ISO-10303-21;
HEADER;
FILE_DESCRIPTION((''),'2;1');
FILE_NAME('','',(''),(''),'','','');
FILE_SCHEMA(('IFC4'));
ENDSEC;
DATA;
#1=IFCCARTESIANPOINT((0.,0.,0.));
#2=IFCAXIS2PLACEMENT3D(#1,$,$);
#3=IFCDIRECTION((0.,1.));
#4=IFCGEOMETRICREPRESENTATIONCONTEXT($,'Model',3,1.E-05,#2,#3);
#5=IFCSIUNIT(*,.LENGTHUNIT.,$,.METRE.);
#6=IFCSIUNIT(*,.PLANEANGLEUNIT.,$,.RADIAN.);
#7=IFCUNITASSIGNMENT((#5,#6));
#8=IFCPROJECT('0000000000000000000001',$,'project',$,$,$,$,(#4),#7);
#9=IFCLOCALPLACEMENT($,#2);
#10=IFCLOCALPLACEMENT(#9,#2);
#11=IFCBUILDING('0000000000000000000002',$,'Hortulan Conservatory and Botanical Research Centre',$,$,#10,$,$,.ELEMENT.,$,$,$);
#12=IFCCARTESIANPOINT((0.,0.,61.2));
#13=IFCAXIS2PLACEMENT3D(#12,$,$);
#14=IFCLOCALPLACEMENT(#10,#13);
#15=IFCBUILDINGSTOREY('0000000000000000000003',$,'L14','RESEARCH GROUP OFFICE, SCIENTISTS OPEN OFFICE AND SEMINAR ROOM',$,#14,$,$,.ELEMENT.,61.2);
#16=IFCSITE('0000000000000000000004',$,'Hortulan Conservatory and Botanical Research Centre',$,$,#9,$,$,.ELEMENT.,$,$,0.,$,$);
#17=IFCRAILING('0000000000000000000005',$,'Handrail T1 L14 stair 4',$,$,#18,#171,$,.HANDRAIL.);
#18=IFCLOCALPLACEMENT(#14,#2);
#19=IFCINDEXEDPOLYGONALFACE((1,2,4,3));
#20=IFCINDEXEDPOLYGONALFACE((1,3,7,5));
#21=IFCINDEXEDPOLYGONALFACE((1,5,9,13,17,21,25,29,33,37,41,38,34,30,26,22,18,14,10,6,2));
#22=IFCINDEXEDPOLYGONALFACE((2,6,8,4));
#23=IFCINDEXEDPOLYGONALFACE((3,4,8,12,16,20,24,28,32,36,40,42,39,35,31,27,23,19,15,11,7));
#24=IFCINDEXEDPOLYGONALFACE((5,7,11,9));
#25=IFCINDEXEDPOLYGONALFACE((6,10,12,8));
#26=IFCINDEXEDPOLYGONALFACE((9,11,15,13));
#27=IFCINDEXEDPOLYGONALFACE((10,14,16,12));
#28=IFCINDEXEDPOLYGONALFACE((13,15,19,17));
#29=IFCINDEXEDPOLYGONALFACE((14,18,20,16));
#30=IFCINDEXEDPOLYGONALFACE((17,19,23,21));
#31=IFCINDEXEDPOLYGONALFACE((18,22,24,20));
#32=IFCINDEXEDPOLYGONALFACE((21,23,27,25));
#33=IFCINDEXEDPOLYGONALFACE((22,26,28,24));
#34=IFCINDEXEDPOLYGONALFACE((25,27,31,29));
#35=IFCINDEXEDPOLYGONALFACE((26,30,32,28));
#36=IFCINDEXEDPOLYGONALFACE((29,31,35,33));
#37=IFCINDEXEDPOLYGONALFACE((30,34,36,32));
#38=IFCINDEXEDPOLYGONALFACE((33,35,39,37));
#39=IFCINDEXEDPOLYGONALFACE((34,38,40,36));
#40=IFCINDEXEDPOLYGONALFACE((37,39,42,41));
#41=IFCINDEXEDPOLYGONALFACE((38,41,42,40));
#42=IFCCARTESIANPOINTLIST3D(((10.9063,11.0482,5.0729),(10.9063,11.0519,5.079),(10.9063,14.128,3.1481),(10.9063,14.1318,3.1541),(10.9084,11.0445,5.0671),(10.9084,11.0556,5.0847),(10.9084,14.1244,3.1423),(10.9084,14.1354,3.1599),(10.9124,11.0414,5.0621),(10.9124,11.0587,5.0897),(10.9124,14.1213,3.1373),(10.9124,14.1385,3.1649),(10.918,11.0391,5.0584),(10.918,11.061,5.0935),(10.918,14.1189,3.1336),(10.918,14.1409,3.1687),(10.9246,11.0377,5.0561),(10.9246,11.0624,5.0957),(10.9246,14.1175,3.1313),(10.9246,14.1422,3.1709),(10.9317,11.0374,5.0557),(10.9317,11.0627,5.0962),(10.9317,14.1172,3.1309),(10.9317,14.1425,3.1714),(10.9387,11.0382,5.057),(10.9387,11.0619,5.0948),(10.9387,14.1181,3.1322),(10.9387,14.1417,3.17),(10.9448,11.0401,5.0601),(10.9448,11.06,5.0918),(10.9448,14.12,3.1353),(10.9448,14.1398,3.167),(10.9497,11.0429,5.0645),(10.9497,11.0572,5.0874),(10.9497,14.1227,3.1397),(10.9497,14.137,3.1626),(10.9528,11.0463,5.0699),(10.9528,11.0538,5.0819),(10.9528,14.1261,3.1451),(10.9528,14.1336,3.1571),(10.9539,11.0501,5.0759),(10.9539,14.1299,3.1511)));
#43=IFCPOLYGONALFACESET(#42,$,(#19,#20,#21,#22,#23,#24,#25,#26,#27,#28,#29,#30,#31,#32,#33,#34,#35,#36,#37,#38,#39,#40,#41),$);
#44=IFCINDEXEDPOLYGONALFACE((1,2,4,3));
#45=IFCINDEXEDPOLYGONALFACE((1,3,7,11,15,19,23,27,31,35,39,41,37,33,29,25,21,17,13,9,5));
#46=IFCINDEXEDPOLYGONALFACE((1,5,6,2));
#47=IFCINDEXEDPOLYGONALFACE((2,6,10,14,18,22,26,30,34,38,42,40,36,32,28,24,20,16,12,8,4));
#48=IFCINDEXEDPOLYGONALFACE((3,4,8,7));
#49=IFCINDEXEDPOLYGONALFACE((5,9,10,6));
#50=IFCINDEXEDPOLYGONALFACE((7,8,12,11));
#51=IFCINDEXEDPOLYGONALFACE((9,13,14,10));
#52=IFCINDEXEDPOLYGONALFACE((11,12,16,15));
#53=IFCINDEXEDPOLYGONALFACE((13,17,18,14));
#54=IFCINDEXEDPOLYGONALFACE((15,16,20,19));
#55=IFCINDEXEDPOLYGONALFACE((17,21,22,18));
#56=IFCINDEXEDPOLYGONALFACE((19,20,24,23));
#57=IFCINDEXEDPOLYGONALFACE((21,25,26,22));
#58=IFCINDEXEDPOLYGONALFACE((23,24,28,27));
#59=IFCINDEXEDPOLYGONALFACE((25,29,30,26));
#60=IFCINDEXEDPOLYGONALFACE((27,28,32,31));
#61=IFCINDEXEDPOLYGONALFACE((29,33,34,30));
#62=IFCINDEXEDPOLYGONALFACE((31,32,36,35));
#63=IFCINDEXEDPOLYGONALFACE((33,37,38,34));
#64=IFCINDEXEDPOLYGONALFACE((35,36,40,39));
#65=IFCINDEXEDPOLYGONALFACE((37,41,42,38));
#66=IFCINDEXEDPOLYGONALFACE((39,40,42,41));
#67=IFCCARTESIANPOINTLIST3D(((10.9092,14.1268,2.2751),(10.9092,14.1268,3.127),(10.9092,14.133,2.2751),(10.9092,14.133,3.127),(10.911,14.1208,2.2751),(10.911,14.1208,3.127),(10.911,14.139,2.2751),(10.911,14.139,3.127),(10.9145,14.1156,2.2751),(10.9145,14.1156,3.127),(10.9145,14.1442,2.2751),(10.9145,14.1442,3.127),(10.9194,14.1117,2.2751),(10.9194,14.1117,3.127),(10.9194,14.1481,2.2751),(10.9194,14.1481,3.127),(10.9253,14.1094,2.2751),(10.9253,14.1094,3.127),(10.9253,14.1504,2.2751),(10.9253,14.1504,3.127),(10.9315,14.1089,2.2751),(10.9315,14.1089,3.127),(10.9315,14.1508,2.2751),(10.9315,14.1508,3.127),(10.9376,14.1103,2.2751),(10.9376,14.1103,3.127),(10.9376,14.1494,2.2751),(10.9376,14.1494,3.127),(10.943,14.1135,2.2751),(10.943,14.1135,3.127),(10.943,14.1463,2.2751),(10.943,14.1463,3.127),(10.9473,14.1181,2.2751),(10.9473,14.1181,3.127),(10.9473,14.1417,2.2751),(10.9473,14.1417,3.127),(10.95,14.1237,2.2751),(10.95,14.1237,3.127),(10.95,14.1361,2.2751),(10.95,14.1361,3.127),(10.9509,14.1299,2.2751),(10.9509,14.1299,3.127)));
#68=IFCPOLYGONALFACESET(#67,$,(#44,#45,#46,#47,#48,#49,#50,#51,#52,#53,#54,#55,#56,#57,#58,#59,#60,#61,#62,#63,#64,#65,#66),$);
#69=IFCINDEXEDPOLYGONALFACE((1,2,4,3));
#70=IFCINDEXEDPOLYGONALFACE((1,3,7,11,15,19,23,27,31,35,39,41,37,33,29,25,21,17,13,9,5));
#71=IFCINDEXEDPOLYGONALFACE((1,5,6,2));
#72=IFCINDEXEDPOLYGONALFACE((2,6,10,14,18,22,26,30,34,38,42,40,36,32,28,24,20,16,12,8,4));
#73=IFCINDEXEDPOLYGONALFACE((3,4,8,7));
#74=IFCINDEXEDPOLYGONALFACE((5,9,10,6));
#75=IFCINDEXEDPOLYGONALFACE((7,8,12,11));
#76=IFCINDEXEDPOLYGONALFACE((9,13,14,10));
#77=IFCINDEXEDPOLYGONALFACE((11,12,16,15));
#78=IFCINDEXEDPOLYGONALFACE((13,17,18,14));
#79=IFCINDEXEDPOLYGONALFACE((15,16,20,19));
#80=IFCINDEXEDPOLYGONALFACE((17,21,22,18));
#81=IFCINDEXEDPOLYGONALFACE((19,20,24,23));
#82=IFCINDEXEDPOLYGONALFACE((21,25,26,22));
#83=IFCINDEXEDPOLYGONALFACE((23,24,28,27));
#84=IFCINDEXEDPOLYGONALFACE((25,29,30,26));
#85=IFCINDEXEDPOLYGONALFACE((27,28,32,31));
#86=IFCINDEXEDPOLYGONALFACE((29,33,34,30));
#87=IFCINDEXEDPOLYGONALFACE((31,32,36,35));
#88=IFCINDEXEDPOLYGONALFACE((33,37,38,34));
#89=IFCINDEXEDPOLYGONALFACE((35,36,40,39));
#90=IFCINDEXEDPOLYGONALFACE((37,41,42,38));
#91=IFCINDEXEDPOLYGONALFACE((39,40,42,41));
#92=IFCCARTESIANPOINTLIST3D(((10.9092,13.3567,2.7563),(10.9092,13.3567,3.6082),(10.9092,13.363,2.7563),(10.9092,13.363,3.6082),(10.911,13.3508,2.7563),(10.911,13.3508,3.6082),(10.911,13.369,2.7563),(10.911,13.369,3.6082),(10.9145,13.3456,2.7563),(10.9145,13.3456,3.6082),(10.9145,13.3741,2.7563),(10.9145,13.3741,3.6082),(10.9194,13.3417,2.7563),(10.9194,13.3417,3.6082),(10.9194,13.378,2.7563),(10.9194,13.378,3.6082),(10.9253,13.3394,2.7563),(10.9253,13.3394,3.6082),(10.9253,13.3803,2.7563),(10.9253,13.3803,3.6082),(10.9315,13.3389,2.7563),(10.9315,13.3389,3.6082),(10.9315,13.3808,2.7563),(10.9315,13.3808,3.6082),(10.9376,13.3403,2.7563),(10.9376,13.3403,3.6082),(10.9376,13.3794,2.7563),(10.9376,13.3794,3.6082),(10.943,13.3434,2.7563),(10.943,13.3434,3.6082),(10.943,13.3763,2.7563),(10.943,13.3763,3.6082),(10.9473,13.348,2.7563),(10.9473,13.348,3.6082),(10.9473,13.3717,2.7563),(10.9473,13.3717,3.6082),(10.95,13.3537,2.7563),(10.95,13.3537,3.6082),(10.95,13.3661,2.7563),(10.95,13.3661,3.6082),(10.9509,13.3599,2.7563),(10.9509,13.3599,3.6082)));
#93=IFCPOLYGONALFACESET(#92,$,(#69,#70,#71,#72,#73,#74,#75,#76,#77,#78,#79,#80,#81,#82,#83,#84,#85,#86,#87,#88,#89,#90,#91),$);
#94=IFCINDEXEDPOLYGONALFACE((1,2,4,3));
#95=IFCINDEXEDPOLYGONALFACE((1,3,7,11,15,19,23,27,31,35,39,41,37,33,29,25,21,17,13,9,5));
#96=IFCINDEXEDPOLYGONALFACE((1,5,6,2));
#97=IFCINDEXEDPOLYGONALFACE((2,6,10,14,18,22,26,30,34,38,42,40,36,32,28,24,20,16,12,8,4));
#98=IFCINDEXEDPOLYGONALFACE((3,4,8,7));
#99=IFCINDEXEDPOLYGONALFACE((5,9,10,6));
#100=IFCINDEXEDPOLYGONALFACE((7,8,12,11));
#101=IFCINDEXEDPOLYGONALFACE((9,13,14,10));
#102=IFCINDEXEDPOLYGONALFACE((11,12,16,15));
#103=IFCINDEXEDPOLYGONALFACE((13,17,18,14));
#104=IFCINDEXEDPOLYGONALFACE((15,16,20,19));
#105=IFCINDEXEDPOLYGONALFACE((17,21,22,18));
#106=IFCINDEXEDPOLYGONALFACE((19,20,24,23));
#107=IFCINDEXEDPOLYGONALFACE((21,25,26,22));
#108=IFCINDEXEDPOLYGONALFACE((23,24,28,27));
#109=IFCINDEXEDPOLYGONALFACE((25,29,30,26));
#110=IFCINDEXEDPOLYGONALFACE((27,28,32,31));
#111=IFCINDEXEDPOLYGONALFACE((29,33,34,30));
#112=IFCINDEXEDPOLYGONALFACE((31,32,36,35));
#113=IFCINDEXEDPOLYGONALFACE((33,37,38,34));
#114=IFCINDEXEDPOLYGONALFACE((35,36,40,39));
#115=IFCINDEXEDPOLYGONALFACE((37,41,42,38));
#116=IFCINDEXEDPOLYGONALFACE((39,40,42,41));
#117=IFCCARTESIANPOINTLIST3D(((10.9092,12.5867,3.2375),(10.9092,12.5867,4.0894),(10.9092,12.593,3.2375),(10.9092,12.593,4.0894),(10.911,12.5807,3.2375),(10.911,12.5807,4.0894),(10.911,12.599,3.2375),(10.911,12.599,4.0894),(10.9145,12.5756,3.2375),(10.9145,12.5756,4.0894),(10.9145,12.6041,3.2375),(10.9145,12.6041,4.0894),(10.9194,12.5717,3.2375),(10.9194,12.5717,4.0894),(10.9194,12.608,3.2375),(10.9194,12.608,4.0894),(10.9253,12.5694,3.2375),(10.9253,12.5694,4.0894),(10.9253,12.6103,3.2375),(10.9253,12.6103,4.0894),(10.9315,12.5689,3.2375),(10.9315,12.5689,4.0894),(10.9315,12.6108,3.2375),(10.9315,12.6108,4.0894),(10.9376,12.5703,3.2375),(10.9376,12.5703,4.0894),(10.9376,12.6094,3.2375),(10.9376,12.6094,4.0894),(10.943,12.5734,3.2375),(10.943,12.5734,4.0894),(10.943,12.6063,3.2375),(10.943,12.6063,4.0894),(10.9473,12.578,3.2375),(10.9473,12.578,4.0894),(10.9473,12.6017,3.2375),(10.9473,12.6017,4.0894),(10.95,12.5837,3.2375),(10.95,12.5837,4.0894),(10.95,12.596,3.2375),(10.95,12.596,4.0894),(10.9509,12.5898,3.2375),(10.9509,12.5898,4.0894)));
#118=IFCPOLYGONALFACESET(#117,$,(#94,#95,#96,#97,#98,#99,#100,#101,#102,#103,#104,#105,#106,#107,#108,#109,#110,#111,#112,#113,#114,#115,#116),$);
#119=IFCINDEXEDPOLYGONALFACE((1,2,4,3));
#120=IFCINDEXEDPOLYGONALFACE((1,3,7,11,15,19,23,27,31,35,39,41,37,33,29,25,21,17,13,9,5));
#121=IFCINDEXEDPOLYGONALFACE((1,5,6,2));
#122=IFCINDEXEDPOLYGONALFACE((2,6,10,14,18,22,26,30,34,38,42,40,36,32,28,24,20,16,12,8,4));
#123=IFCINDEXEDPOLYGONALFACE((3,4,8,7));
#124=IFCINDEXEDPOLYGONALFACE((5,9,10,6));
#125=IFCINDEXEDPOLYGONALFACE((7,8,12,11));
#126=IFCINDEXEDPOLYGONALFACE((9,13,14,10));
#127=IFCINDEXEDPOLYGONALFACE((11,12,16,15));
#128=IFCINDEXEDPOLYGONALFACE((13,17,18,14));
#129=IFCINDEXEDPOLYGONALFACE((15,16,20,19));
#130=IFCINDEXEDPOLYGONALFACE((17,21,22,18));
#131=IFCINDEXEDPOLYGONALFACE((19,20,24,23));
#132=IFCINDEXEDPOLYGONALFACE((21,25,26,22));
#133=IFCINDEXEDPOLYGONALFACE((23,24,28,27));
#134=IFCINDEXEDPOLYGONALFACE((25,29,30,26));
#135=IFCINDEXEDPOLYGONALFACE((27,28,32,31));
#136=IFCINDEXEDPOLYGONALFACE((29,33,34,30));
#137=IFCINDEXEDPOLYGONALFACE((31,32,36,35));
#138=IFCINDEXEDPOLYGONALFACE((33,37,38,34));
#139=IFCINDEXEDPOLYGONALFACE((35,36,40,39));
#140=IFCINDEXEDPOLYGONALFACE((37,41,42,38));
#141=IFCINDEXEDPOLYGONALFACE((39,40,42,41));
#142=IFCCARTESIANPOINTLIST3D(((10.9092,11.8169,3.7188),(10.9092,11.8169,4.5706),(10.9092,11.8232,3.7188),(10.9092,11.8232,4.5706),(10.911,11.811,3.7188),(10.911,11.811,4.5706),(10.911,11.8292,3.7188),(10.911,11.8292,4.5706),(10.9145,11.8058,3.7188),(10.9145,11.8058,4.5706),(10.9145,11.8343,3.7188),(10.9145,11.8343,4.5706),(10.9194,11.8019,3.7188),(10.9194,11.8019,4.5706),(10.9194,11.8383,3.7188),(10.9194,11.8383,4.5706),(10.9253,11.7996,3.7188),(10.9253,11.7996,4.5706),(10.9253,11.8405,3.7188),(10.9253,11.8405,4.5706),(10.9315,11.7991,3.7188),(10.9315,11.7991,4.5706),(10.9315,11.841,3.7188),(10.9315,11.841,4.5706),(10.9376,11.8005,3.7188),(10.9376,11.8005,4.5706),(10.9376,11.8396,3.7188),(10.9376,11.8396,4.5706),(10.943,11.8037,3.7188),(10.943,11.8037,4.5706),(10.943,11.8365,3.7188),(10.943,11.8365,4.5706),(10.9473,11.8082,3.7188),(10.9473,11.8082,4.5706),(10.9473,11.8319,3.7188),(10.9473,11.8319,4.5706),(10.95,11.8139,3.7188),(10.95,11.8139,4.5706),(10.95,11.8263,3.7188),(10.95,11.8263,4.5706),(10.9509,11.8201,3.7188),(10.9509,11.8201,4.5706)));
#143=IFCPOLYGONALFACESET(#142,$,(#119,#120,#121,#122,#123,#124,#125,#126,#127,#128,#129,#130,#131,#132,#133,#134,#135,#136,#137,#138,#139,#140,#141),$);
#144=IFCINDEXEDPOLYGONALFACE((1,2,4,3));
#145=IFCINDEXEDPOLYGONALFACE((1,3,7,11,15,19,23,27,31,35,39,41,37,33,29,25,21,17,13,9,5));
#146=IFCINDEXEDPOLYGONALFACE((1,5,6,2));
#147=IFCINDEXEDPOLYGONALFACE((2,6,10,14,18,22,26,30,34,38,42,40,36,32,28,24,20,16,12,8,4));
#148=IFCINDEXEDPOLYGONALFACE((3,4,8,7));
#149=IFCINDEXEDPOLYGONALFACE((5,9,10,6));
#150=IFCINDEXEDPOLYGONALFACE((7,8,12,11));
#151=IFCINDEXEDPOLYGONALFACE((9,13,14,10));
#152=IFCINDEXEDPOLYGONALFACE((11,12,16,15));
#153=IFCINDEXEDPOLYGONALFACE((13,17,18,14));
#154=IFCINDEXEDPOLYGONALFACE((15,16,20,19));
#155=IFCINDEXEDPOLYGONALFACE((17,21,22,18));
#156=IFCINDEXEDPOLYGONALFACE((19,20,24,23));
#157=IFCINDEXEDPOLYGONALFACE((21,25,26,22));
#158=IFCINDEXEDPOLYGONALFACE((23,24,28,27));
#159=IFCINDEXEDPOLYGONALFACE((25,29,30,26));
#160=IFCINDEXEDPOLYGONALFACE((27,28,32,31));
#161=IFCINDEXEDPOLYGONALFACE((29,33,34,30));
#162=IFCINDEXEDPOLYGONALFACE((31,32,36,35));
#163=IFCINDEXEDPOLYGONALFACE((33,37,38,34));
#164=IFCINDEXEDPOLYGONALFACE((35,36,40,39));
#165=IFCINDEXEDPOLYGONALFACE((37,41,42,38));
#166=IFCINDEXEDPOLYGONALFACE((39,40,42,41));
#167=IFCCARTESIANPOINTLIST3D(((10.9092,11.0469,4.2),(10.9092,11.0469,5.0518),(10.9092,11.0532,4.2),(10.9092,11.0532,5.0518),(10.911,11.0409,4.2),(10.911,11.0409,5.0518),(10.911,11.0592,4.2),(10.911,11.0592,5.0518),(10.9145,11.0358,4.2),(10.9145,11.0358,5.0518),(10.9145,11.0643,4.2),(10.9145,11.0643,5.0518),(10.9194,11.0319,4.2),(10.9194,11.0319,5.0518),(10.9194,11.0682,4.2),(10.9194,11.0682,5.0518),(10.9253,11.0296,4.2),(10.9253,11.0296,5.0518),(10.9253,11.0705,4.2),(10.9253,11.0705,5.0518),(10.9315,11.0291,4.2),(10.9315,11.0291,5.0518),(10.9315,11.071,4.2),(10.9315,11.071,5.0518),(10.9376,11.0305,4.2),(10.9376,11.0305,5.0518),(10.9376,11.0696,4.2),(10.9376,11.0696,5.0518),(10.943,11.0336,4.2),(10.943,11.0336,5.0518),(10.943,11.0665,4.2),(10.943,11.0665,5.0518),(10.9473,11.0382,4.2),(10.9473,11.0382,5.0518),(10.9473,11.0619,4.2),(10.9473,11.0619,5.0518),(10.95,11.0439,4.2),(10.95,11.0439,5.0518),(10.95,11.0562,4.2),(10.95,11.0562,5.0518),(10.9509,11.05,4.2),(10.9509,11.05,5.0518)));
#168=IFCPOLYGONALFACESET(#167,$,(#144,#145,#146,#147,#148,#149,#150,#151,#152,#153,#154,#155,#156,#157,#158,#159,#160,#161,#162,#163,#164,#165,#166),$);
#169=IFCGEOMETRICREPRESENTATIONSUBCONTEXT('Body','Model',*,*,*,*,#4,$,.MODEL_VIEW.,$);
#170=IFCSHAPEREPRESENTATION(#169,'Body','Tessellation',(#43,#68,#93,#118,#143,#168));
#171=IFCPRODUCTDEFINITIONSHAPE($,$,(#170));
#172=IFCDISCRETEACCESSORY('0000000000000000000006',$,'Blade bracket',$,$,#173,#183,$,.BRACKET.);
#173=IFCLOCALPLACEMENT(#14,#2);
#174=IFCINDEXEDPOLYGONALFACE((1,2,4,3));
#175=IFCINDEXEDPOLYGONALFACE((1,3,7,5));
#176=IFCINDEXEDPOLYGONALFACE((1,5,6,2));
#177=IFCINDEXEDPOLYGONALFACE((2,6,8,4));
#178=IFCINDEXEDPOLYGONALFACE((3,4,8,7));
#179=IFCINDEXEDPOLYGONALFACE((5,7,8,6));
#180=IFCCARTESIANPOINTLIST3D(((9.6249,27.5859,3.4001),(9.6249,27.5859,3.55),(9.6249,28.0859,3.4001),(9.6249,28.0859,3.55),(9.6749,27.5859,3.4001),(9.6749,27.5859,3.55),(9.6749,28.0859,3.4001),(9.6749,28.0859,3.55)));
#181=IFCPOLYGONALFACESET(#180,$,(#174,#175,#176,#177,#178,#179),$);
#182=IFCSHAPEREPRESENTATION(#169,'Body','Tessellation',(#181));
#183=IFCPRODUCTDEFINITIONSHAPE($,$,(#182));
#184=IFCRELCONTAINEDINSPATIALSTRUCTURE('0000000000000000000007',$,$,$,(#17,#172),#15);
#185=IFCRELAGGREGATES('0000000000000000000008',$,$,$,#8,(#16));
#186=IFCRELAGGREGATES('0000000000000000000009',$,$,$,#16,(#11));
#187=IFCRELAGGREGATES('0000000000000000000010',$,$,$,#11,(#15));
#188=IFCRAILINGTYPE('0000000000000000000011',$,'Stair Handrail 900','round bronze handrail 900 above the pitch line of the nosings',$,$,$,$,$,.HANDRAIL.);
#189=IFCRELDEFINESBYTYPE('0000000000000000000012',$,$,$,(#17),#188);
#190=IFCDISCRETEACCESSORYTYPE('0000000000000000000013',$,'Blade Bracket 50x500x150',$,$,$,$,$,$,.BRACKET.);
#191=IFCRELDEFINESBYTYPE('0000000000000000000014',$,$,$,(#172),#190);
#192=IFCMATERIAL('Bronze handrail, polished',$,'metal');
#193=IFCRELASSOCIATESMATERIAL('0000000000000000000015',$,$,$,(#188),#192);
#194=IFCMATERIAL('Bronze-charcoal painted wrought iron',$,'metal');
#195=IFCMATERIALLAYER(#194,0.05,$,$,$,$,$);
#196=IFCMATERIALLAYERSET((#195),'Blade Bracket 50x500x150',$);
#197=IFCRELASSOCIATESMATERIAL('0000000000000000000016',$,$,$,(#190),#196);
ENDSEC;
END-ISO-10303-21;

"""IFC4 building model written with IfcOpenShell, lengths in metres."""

from ifc_helpers import new_model, si_unit, direction, frame, origin, origin_2d, place, context, subcontext, project, spatial, rectangle, circle, extrude, material, layer, layer_set, type_object, element, save


model = new_model("IFC4")

# Units and contexts
model_context = context("Model", 3, precision=1e-05, world=origin(), true_north=direction((0.0, 1.0)))
body_context = subcontext(model_context, "Body", "Model", "MODEL_VIEW")
ifc_project = project(units=[si_unit("LENGTHUNIT", "METRE"), si_unit("PLANEANGLEUNIT", "RADIAN")], contexts=[model_context])

# Site, building, storey
site_placement = place(None, origin())
site = spatial("IfcSite", under=ifc_project, at=site_placement, Name="Hortulan Conservatory and Botanical Research Centre", CompositionType="ELEMENT", RefElevation=0.0)
building_placement = place(site_placement, origin())
building = spatial("IfcBuilding", under=site, at=building_placement, Name="Hortulan Conservatory and Botanical Research Centre", CompositionType="ELEMENT")
storey_placement = place(building_placement, frame((0.0, 0.0, 61.2)))
storey = spatial("IfcBuildingStorey", under=building, at=storey_placement, Name="L14", Description="RESEARCH GROUP OFFICE, SCIENTISTS OPEN OFFICE AND SEMINAR ROOM", CompositionType="ELEMENT", Elevation=61.2)

# Railing
ifc_material_1 = material(Name="Bronze handrail, polished", Category="metal")
railing_type = type_object("IfcRailingType", Name="Stair Handrail 900", Description="round bronze handrail 900 above the pitch line of the nosings", PredefinedType="HANDRAIL", material=ifc_material_1)
for number, where, name in (
    (1, (10.9299, 14.1299, 2.2751), "Handrail T1 L14 stair 4"),
):
    element("IfcRailing", number, at=place(storey_placement, frame(where)), inside=storey, type_object=railing_type, Name=name, PredefinedType="HANDRAIL", context=body_context, shape_type="SweptSolid", body=[
        extrude(circle(Radius=0.0239, at=origin_2d()), frame((0.0, 0.0, 0.876), z_axis=(0.0, -0.84801, 0.529981), x_axis=(1.0, 0.0, 0.0)), (0.0, 0.0, 1.0), 3.6318),
        extrude(circle(Radius=0.021, at=origin_2d()), origin(), (0.0, 0.0, 1.0), 0.8518),
        extrude(circle(Radius=0.021, at=origin_2d()), frame((0.0, -0.77, 0.4812)), (0.0, 0.0, 1.0), 0.8518),
        extrude(circle(Radius=0.021, at=origin_2d()), frame((0.0, -1.54, 0.9624)), (0.0, 0.0, 1.0), 0.8518),
        extrude(circle(Radius=0.021, at=origin_2d()), frame((0.0, -2.3098, 1.4436)), (0.0, 0.0, 1.0), 0.8518),
        extrude(circle(Radius=0.021, at=origin_2d()), frame((0.0, -3.0798, 1.9248)), (0.0, 0.0, 1.0), 0.8518),
    ])

# Discrete accessory
ifc_material_2 = material(Name="Bronze-charcoal painted wrought iron", Category="metal")
ifc_layer_1 = layer(ifc_material_2, 0.05)
ifc_layer_set_1 = layer_set([ifc_layer_1], Name="Blade Bracket 50x500x150")
discrete_accessory_type = type_object("IfcDiscreteAccessoryType", Name="Blade Bracket 50x500x150", PredefinedType="BRACKET", material=ifc_layer_set_1)
discrete_accessory_placement = place(storey_placement, frame((9.6499, 27.8359, 3.4001), z_axis=(0.0, 0.0, 1.0), x_axis=(1.0, 0.0, 0.0)))
element("IfcDiscreteAccessory", 2, at=discrete_accessory_placement, inside=storey, type_object=discrete_accessory_type, Name="Blade bracket", PredefinedType="BRACKET", context=body_context, shape_type="SweptSolid", body=[
    extrude(rectangle(XDim=0.05, YDim=0.5, at=origin_2d()), origin(), (0.0, 0.0, 1.0), 0.1499),
])

save(model, "model.ifc")
